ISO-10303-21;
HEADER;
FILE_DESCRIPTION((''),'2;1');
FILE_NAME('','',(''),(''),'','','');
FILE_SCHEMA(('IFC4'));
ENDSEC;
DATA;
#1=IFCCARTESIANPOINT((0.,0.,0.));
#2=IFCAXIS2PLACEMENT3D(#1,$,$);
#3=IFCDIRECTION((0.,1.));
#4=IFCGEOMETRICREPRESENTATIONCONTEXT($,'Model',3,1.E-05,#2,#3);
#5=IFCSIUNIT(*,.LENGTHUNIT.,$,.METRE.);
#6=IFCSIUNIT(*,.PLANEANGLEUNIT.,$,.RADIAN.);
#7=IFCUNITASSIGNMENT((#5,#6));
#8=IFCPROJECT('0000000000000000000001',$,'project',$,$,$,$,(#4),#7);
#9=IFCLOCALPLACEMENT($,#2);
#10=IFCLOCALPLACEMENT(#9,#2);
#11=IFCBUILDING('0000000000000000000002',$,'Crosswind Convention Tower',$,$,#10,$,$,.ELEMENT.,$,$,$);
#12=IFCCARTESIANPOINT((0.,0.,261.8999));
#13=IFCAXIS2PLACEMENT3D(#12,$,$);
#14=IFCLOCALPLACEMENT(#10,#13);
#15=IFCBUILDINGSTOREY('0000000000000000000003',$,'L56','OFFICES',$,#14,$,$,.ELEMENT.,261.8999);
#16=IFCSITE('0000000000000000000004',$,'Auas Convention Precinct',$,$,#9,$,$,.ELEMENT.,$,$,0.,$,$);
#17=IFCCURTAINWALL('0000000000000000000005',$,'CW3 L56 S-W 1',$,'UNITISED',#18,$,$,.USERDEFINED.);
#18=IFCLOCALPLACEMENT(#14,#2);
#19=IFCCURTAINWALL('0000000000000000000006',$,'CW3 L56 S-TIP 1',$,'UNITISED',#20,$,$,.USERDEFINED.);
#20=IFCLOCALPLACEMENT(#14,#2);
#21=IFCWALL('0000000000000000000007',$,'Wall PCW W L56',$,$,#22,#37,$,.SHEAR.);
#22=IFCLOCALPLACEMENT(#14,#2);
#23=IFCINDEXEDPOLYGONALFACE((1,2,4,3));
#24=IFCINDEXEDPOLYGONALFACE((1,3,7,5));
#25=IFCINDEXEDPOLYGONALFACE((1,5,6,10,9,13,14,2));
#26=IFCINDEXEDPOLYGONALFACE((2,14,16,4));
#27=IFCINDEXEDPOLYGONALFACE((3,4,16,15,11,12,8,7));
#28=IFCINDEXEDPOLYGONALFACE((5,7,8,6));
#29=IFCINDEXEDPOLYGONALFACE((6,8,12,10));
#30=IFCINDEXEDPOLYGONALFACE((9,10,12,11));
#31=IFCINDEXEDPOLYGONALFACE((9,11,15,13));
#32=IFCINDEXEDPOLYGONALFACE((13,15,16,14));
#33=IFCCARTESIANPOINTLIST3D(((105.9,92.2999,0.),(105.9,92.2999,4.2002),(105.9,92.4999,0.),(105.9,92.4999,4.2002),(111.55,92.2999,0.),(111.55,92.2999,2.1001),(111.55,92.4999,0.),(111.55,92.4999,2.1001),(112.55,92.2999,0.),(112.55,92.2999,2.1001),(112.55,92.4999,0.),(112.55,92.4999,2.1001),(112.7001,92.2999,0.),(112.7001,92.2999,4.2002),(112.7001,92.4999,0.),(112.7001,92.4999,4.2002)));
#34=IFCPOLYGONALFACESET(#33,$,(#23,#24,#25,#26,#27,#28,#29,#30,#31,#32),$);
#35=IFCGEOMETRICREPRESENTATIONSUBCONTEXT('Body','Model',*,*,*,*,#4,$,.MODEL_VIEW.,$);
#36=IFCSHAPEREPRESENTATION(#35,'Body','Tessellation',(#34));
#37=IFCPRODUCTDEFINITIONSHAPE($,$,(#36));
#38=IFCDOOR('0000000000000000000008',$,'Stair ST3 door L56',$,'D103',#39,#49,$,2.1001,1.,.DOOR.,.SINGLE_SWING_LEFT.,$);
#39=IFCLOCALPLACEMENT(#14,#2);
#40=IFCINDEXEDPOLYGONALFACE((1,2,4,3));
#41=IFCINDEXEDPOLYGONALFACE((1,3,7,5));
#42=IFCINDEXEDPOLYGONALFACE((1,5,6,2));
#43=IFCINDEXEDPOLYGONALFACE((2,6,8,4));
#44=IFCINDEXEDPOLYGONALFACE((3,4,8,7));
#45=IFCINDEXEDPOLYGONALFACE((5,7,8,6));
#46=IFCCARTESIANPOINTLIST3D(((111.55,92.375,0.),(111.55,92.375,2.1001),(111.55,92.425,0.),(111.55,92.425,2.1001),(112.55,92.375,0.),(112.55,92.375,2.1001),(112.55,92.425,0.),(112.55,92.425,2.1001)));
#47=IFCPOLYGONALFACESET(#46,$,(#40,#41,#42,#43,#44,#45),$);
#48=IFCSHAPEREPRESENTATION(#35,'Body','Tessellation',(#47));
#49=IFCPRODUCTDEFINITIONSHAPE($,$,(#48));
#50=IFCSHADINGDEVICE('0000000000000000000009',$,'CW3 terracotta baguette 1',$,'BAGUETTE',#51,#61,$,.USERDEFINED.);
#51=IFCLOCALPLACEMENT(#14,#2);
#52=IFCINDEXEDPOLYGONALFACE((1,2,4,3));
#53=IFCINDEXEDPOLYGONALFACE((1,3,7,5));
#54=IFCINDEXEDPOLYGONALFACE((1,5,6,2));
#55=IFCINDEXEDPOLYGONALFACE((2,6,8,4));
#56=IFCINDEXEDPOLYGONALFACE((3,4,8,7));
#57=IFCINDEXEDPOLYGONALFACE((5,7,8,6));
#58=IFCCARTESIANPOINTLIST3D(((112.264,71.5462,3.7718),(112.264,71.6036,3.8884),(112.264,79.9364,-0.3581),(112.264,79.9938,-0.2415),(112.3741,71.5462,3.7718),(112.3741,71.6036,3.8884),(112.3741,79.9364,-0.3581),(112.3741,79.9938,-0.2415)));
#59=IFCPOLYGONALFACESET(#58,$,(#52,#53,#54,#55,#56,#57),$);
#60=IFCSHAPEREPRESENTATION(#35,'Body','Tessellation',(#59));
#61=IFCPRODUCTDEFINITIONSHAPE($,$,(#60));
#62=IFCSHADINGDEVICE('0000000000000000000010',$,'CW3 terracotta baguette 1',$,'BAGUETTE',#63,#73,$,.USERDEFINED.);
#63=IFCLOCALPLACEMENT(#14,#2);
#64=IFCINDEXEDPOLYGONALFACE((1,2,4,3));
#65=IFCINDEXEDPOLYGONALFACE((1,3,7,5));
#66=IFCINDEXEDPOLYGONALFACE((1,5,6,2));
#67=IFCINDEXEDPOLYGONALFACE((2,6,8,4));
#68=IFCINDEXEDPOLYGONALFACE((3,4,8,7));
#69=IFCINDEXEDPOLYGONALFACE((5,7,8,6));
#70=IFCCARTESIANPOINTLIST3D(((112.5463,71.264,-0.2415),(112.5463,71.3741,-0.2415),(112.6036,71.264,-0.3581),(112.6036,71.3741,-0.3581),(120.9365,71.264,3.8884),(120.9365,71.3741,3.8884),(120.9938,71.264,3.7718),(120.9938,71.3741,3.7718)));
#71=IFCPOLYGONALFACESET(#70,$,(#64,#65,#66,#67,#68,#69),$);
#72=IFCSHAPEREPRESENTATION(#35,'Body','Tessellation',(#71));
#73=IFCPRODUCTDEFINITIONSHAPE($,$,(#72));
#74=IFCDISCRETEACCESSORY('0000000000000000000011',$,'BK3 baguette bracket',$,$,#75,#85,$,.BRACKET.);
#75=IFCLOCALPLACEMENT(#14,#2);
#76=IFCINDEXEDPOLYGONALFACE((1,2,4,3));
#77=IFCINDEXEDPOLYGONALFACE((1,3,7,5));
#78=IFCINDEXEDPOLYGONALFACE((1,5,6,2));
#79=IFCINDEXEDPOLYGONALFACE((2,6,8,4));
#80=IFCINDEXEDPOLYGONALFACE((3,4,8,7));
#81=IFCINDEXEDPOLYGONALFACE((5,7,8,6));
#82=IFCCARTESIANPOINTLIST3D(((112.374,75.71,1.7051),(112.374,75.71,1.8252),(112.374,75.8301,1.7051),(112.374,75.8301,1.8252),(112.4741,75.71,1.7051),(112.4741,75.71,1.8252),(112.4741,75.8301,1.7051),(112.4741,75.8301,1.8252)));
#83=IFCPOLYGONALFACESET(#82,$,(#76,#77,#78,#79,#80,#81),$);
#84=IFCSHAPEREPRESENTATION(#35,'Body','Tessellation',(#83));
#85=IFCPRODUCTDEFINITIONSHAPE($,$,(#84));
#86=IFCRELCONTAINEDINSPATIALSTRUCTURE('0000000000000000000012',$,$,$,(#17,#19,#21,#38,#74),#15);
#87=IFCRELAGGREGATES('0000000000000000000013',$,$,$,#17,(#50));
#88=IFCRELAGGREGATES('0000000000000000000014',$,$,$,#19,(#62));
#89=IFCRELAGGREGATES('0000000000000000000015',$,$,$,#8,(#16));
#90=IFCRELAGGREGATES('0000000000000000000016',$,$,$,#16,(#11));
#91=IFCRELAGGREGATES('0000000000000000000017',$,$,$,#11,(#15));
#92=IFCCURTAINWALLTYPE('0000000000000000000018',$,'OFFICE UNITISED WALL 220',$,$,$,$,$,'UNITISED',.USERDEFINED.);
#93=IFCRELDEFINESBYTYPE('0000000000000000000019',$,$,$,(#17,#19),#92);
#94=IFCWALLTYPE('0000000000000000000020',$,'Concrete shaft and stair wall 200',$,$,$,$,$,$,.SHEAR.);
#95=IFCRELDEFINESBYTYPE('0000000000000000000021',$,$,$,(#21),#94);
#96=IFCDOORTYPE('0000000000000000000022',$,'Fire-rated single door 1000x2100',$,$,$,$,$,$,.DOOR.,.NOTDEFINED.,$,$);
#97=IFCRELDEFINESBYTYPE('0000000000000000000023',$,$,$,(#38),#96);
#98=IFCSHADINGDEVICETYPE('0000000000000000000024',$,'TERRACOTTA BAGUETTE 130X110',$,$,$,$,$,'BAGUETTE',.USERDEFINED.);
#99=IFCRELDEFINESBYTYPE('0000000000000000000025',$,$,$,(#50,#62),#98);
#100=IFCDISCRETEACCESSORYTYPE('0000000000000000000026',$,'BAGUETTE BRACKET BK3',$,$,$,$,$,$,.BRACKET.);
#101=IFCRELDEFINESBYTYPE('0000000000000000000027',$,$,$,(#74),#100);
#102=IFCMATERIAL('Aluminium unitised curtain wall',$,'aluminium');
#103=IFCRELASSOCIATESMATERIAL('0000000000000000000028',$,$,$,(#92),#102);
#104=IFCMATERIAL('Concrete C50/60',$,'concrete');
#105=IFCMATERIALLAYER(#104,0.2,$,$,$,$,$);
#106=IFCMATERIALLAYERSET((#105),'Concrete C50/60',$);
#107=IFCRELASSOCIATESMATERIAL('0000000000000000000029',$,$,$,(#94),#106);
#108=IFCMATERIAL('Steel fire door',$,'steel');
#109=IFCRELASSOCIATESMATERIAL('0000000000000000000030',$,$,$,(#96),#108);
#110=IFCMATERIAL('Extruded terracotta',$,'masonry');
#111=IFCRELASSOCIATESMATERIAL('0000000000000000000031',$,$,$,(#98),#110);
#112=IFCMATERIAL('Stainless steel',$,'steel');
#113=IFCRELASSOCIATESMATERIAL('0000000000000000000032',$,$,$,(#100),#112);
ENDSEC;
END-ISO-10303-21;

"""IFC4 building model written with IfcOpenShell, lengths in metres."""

from ifc_helpers import new_model, si_unit, direction, frame, frame_2d, origin, origin_2d, place, context, subcontext, project, spatial, rectangle, extrude, material, layer, layer_set, material_profile, profile_set, type_object, element, fill, aggregate, save


model = new_model("IFC4")

# Units and contexts
model_context = context("Model", 3, precision=1e-05, world=origin(), true_north=direction((0.0, 1.0)))
body_context = subcontext(model_context, "Body", "Model", "MODEL_VIEW")
ifc_project = project(units=[si_unit("LENGTHUNIT", "METRE"), si_unit("PLANEANGLEUNIT", "RADIAN")], contexts=[model_context])

# Site, building, storey
site_placement = place(None, origin())
site = spatial("IfcSite", under=ifc_project, at=site_placement, Name="Auas Convention Precinct", CompositionType="ELEMENT", RefElevation=0.0)
building_placement = place(site_placement, origin())
building = spatial("IfcBuilding", under=site, at=building_placement, Name="Crosswind Convention Tower", CompositionType="ELEMENT")
storey_placement = place(building_placement, frame((0.0, 0.0, 261.8999)))
storey = spatial("IfcBuildingStorey", under=building, at=storey_placement, Name="L56", Description="OFFICES", CompositionType="ELEMENT", Elevation=261.8999)

# Curtain wall
ifc_material_1 = material(Name="Aluminium unitised curtain wall", Category="aluminium")
curtain_wall_type_1 = type_object("IfcCurtainWallType", Name="OFFICE UNITISED WALL 220", ElementType="UNITISED", PredefinedType="USERDEFINED", material=ifc_material_1)
curtain_wall_1_placement = place(storey_placement, origin())
curtain_wall_1 = element("IfcCurtainWall", 1, at=curtain_wall_1_placement, inside=storey, type_object=curtain_wall_type_1, Name="CW3 L56 S-W 1", ObjectType="UNITISED", PredefinedType="USERDEFINED")

# Curtain wall
curtain_wall_2_placement = place(storey_placement, origin())
curtain_wall_2 = element("IfcCurtainWall", 2, at=curtain_wall_2_placement, inside=storey, type_object=curtain_wall_type_1, Name="CW3 L56 S-TIP 1", ObjectType="UNITISED", PredefinedType="USERDEFINED")

# Wall, opening, door
ifc_material_2 = material(Name="Concrete C50/60", Category="concrete")
ifc_layer_1 = layer(ifc_material_2, 0.2)
ifc_layer_set_1 = layer_set([ifc_layer_1], Name="Concrete C50/60")
wall_type = type_object("IfcWallType", Name="Concrete shaft and stair wall 200", PredefinedType="SHEAR", material=ifc_layer_set_1)
ifc_material_3 = material(Name="Steel fire door", Category="steel")
wall_1_placement = place(storey_placement, frame((112.7, 92.3999, 0.0), z_axis=(0.0, 0.0, 1.0), x_axis=(-1.0, 0.0, 0.0)))
wall_1 = element("IfcWall", 3, at=wall_1_placement, inside=storey, type_object=wall_type, Name="Wall PCW W L56", PredefinedType="SHEAR", context=body_context, shape_type="SweptSolid", body=[
    extrude(rectangle(XDim=6.8, YDim=0.2, at=frame_2d((3.3999, 0.0))), origin(), (0.0, 0.0, 1.0), 4.2002),
])
opening_1_placement = place(wall_1_placement, frame((0.1499, 0.0, 0.0)))
opening_1 = element("IfcOpeningElement", 4, at=opening_1_placement, cuts=wall_1, PredefinedType="OPENING", context=body_context, shape_type="SweptSolid", body=[
    extrude(rectangle(XDim=1.0, YDim=2.1001, at=frame_2d((0.5, 1.05))), frame((0.0, 0.1099, 0.0), z_axis=(0.0, -1.0, 0.0), x_axis=(1.0, 0.0, 0.0)), (0.0, 0.0, 1.0), 0.22),
])
door_type_1 = type_object("IfcDoorType", Name="Fire-rated single door 1000x2100", OperationType="NOTDEFINED", PredefinedType="DOOR", material=ifc_material_3)
door_1_placement = place(opening_1_placement, origin())
door_1 = element("IfcDoor", 5, at=door_1_placement, inside=storey, type_object=door_type_1, Name="Stair ST3 door L56", ObjectType="D103", OperationType="SINGLE_SWING_LEFT", OverallHeight=2.1001, OverallWidth=1.0, PredefinedType="DOOR", context=body_context, shape_type="SweptSolid", body=[
    extrude(rectangle(XDim=1.0, YDim=2.1001, at=frame_2d((0.5, 1.05))), frame((0.0, 0.0249, 0.0), z_axis=(0.0, -1.0, 0.0), x_axis=(1.0, 0.0, 0.0)), (0.0, 0.0, 1.0), 0.05),
])
fill(opening_1, door_1)

# Shading devices
ifc_material_4 = material(Name="Extruded terracotta", Category="masonry")
ifc_material_profile_1 = material_profile(ifc_material_4, rectangle(XDim=0.1101, YDim=0.1299, at=origin_2d()), Name="TC 110X130")
ifc_profile_set_1 = profile_set([ifc_material_profile_1], Name="Extruded terracotta")
shading_device_type = type_object("IfcShadingDeviceType", Name="TERRACOTTA BAGUETTE 130X110", ElementType="BAGUETTE", PredefinedType="USERDEFINED", material=ifc_profile_set_1)
shading_device_1_placement = place(storey_placement, frame((112.3191, 79.9651, -0.2998), z_axis=(0.0, -0.897198, 0.441628), x_axis=(1.0, 0.0, 0.0)))
shading_device_1 = element("IfcShadingDevice", 6, at=shading_device_1_placement, type_object=shading_device_type, Name="CW3 terracotta baguette 1", ObjectType="BAGUETTE", PredefinedType="USERDEFINED", context=body_context, shape_type="SweptSolid", body=[
    extrude(rectangle(XDim=0.1101, YDim=0.1299, at=origin_2d()), origin(), (0.0, 0.0, 1.0), 9.3516),
])
aggregate(curtain_wall_1, [shading_device_1])
shading_device_2_placement = place(storey_placement, frame((112.575, 71.3191, -0.2998), z_axis=(0.897198, 0.0, 0.441628), x_axis=(0.0, 1.0, 0.0)))
shading_device_2 = element("IfcShadingDevice", 7, at=shading_device_2_placement, type_object=shading_device_type, Name="CW3 terracotta baguette 1", ObjectType="BAGUETTE", PredefinedType="USERDEFINED", context=body_context, shape_type="SweptSolid", body=[
    extrude(rectangle(XDim=0.1101, YDim=0.1299, at=origin_2d()), origin(), (0.0, 0.0, 1.0), 9.3516),
])
aggregate(curtain_wall_2, [shading_device_2])

# Discrete accessory
ifc_material_5 = material(Name="Stainless steel", Category="steel")
discrete_accessory_type = type_object("IfcDiscreteAccessoryType", Name="BAGUETTE BRACKET BK3", PredefinedType="BRACKET", material=ifc_material_5)
discrete_accessory_placement = place(storey_placement, frame((112.4241, 75.77, 1.7051), z_axis=(0.0, 0.0, 1.0), x_axis=(0.0, -1.0, 0.0)))
element("IfcDiscreteAccessory", 8, at=discrete_accessory_placement, inside=storey, type_object=discrete_accessory_type, Name="BK3 baguette bracket", PredefinedType="BRACKET", context=body_context, shape_type="SweptSolid", body=[
    extrude(rectangle(XDim=0.1201, YDim=0.1001, at=origin_2d()), origin(), (0.0, 0.0, 1.0), 0.1201),
])

save(model, "model.ifc")
